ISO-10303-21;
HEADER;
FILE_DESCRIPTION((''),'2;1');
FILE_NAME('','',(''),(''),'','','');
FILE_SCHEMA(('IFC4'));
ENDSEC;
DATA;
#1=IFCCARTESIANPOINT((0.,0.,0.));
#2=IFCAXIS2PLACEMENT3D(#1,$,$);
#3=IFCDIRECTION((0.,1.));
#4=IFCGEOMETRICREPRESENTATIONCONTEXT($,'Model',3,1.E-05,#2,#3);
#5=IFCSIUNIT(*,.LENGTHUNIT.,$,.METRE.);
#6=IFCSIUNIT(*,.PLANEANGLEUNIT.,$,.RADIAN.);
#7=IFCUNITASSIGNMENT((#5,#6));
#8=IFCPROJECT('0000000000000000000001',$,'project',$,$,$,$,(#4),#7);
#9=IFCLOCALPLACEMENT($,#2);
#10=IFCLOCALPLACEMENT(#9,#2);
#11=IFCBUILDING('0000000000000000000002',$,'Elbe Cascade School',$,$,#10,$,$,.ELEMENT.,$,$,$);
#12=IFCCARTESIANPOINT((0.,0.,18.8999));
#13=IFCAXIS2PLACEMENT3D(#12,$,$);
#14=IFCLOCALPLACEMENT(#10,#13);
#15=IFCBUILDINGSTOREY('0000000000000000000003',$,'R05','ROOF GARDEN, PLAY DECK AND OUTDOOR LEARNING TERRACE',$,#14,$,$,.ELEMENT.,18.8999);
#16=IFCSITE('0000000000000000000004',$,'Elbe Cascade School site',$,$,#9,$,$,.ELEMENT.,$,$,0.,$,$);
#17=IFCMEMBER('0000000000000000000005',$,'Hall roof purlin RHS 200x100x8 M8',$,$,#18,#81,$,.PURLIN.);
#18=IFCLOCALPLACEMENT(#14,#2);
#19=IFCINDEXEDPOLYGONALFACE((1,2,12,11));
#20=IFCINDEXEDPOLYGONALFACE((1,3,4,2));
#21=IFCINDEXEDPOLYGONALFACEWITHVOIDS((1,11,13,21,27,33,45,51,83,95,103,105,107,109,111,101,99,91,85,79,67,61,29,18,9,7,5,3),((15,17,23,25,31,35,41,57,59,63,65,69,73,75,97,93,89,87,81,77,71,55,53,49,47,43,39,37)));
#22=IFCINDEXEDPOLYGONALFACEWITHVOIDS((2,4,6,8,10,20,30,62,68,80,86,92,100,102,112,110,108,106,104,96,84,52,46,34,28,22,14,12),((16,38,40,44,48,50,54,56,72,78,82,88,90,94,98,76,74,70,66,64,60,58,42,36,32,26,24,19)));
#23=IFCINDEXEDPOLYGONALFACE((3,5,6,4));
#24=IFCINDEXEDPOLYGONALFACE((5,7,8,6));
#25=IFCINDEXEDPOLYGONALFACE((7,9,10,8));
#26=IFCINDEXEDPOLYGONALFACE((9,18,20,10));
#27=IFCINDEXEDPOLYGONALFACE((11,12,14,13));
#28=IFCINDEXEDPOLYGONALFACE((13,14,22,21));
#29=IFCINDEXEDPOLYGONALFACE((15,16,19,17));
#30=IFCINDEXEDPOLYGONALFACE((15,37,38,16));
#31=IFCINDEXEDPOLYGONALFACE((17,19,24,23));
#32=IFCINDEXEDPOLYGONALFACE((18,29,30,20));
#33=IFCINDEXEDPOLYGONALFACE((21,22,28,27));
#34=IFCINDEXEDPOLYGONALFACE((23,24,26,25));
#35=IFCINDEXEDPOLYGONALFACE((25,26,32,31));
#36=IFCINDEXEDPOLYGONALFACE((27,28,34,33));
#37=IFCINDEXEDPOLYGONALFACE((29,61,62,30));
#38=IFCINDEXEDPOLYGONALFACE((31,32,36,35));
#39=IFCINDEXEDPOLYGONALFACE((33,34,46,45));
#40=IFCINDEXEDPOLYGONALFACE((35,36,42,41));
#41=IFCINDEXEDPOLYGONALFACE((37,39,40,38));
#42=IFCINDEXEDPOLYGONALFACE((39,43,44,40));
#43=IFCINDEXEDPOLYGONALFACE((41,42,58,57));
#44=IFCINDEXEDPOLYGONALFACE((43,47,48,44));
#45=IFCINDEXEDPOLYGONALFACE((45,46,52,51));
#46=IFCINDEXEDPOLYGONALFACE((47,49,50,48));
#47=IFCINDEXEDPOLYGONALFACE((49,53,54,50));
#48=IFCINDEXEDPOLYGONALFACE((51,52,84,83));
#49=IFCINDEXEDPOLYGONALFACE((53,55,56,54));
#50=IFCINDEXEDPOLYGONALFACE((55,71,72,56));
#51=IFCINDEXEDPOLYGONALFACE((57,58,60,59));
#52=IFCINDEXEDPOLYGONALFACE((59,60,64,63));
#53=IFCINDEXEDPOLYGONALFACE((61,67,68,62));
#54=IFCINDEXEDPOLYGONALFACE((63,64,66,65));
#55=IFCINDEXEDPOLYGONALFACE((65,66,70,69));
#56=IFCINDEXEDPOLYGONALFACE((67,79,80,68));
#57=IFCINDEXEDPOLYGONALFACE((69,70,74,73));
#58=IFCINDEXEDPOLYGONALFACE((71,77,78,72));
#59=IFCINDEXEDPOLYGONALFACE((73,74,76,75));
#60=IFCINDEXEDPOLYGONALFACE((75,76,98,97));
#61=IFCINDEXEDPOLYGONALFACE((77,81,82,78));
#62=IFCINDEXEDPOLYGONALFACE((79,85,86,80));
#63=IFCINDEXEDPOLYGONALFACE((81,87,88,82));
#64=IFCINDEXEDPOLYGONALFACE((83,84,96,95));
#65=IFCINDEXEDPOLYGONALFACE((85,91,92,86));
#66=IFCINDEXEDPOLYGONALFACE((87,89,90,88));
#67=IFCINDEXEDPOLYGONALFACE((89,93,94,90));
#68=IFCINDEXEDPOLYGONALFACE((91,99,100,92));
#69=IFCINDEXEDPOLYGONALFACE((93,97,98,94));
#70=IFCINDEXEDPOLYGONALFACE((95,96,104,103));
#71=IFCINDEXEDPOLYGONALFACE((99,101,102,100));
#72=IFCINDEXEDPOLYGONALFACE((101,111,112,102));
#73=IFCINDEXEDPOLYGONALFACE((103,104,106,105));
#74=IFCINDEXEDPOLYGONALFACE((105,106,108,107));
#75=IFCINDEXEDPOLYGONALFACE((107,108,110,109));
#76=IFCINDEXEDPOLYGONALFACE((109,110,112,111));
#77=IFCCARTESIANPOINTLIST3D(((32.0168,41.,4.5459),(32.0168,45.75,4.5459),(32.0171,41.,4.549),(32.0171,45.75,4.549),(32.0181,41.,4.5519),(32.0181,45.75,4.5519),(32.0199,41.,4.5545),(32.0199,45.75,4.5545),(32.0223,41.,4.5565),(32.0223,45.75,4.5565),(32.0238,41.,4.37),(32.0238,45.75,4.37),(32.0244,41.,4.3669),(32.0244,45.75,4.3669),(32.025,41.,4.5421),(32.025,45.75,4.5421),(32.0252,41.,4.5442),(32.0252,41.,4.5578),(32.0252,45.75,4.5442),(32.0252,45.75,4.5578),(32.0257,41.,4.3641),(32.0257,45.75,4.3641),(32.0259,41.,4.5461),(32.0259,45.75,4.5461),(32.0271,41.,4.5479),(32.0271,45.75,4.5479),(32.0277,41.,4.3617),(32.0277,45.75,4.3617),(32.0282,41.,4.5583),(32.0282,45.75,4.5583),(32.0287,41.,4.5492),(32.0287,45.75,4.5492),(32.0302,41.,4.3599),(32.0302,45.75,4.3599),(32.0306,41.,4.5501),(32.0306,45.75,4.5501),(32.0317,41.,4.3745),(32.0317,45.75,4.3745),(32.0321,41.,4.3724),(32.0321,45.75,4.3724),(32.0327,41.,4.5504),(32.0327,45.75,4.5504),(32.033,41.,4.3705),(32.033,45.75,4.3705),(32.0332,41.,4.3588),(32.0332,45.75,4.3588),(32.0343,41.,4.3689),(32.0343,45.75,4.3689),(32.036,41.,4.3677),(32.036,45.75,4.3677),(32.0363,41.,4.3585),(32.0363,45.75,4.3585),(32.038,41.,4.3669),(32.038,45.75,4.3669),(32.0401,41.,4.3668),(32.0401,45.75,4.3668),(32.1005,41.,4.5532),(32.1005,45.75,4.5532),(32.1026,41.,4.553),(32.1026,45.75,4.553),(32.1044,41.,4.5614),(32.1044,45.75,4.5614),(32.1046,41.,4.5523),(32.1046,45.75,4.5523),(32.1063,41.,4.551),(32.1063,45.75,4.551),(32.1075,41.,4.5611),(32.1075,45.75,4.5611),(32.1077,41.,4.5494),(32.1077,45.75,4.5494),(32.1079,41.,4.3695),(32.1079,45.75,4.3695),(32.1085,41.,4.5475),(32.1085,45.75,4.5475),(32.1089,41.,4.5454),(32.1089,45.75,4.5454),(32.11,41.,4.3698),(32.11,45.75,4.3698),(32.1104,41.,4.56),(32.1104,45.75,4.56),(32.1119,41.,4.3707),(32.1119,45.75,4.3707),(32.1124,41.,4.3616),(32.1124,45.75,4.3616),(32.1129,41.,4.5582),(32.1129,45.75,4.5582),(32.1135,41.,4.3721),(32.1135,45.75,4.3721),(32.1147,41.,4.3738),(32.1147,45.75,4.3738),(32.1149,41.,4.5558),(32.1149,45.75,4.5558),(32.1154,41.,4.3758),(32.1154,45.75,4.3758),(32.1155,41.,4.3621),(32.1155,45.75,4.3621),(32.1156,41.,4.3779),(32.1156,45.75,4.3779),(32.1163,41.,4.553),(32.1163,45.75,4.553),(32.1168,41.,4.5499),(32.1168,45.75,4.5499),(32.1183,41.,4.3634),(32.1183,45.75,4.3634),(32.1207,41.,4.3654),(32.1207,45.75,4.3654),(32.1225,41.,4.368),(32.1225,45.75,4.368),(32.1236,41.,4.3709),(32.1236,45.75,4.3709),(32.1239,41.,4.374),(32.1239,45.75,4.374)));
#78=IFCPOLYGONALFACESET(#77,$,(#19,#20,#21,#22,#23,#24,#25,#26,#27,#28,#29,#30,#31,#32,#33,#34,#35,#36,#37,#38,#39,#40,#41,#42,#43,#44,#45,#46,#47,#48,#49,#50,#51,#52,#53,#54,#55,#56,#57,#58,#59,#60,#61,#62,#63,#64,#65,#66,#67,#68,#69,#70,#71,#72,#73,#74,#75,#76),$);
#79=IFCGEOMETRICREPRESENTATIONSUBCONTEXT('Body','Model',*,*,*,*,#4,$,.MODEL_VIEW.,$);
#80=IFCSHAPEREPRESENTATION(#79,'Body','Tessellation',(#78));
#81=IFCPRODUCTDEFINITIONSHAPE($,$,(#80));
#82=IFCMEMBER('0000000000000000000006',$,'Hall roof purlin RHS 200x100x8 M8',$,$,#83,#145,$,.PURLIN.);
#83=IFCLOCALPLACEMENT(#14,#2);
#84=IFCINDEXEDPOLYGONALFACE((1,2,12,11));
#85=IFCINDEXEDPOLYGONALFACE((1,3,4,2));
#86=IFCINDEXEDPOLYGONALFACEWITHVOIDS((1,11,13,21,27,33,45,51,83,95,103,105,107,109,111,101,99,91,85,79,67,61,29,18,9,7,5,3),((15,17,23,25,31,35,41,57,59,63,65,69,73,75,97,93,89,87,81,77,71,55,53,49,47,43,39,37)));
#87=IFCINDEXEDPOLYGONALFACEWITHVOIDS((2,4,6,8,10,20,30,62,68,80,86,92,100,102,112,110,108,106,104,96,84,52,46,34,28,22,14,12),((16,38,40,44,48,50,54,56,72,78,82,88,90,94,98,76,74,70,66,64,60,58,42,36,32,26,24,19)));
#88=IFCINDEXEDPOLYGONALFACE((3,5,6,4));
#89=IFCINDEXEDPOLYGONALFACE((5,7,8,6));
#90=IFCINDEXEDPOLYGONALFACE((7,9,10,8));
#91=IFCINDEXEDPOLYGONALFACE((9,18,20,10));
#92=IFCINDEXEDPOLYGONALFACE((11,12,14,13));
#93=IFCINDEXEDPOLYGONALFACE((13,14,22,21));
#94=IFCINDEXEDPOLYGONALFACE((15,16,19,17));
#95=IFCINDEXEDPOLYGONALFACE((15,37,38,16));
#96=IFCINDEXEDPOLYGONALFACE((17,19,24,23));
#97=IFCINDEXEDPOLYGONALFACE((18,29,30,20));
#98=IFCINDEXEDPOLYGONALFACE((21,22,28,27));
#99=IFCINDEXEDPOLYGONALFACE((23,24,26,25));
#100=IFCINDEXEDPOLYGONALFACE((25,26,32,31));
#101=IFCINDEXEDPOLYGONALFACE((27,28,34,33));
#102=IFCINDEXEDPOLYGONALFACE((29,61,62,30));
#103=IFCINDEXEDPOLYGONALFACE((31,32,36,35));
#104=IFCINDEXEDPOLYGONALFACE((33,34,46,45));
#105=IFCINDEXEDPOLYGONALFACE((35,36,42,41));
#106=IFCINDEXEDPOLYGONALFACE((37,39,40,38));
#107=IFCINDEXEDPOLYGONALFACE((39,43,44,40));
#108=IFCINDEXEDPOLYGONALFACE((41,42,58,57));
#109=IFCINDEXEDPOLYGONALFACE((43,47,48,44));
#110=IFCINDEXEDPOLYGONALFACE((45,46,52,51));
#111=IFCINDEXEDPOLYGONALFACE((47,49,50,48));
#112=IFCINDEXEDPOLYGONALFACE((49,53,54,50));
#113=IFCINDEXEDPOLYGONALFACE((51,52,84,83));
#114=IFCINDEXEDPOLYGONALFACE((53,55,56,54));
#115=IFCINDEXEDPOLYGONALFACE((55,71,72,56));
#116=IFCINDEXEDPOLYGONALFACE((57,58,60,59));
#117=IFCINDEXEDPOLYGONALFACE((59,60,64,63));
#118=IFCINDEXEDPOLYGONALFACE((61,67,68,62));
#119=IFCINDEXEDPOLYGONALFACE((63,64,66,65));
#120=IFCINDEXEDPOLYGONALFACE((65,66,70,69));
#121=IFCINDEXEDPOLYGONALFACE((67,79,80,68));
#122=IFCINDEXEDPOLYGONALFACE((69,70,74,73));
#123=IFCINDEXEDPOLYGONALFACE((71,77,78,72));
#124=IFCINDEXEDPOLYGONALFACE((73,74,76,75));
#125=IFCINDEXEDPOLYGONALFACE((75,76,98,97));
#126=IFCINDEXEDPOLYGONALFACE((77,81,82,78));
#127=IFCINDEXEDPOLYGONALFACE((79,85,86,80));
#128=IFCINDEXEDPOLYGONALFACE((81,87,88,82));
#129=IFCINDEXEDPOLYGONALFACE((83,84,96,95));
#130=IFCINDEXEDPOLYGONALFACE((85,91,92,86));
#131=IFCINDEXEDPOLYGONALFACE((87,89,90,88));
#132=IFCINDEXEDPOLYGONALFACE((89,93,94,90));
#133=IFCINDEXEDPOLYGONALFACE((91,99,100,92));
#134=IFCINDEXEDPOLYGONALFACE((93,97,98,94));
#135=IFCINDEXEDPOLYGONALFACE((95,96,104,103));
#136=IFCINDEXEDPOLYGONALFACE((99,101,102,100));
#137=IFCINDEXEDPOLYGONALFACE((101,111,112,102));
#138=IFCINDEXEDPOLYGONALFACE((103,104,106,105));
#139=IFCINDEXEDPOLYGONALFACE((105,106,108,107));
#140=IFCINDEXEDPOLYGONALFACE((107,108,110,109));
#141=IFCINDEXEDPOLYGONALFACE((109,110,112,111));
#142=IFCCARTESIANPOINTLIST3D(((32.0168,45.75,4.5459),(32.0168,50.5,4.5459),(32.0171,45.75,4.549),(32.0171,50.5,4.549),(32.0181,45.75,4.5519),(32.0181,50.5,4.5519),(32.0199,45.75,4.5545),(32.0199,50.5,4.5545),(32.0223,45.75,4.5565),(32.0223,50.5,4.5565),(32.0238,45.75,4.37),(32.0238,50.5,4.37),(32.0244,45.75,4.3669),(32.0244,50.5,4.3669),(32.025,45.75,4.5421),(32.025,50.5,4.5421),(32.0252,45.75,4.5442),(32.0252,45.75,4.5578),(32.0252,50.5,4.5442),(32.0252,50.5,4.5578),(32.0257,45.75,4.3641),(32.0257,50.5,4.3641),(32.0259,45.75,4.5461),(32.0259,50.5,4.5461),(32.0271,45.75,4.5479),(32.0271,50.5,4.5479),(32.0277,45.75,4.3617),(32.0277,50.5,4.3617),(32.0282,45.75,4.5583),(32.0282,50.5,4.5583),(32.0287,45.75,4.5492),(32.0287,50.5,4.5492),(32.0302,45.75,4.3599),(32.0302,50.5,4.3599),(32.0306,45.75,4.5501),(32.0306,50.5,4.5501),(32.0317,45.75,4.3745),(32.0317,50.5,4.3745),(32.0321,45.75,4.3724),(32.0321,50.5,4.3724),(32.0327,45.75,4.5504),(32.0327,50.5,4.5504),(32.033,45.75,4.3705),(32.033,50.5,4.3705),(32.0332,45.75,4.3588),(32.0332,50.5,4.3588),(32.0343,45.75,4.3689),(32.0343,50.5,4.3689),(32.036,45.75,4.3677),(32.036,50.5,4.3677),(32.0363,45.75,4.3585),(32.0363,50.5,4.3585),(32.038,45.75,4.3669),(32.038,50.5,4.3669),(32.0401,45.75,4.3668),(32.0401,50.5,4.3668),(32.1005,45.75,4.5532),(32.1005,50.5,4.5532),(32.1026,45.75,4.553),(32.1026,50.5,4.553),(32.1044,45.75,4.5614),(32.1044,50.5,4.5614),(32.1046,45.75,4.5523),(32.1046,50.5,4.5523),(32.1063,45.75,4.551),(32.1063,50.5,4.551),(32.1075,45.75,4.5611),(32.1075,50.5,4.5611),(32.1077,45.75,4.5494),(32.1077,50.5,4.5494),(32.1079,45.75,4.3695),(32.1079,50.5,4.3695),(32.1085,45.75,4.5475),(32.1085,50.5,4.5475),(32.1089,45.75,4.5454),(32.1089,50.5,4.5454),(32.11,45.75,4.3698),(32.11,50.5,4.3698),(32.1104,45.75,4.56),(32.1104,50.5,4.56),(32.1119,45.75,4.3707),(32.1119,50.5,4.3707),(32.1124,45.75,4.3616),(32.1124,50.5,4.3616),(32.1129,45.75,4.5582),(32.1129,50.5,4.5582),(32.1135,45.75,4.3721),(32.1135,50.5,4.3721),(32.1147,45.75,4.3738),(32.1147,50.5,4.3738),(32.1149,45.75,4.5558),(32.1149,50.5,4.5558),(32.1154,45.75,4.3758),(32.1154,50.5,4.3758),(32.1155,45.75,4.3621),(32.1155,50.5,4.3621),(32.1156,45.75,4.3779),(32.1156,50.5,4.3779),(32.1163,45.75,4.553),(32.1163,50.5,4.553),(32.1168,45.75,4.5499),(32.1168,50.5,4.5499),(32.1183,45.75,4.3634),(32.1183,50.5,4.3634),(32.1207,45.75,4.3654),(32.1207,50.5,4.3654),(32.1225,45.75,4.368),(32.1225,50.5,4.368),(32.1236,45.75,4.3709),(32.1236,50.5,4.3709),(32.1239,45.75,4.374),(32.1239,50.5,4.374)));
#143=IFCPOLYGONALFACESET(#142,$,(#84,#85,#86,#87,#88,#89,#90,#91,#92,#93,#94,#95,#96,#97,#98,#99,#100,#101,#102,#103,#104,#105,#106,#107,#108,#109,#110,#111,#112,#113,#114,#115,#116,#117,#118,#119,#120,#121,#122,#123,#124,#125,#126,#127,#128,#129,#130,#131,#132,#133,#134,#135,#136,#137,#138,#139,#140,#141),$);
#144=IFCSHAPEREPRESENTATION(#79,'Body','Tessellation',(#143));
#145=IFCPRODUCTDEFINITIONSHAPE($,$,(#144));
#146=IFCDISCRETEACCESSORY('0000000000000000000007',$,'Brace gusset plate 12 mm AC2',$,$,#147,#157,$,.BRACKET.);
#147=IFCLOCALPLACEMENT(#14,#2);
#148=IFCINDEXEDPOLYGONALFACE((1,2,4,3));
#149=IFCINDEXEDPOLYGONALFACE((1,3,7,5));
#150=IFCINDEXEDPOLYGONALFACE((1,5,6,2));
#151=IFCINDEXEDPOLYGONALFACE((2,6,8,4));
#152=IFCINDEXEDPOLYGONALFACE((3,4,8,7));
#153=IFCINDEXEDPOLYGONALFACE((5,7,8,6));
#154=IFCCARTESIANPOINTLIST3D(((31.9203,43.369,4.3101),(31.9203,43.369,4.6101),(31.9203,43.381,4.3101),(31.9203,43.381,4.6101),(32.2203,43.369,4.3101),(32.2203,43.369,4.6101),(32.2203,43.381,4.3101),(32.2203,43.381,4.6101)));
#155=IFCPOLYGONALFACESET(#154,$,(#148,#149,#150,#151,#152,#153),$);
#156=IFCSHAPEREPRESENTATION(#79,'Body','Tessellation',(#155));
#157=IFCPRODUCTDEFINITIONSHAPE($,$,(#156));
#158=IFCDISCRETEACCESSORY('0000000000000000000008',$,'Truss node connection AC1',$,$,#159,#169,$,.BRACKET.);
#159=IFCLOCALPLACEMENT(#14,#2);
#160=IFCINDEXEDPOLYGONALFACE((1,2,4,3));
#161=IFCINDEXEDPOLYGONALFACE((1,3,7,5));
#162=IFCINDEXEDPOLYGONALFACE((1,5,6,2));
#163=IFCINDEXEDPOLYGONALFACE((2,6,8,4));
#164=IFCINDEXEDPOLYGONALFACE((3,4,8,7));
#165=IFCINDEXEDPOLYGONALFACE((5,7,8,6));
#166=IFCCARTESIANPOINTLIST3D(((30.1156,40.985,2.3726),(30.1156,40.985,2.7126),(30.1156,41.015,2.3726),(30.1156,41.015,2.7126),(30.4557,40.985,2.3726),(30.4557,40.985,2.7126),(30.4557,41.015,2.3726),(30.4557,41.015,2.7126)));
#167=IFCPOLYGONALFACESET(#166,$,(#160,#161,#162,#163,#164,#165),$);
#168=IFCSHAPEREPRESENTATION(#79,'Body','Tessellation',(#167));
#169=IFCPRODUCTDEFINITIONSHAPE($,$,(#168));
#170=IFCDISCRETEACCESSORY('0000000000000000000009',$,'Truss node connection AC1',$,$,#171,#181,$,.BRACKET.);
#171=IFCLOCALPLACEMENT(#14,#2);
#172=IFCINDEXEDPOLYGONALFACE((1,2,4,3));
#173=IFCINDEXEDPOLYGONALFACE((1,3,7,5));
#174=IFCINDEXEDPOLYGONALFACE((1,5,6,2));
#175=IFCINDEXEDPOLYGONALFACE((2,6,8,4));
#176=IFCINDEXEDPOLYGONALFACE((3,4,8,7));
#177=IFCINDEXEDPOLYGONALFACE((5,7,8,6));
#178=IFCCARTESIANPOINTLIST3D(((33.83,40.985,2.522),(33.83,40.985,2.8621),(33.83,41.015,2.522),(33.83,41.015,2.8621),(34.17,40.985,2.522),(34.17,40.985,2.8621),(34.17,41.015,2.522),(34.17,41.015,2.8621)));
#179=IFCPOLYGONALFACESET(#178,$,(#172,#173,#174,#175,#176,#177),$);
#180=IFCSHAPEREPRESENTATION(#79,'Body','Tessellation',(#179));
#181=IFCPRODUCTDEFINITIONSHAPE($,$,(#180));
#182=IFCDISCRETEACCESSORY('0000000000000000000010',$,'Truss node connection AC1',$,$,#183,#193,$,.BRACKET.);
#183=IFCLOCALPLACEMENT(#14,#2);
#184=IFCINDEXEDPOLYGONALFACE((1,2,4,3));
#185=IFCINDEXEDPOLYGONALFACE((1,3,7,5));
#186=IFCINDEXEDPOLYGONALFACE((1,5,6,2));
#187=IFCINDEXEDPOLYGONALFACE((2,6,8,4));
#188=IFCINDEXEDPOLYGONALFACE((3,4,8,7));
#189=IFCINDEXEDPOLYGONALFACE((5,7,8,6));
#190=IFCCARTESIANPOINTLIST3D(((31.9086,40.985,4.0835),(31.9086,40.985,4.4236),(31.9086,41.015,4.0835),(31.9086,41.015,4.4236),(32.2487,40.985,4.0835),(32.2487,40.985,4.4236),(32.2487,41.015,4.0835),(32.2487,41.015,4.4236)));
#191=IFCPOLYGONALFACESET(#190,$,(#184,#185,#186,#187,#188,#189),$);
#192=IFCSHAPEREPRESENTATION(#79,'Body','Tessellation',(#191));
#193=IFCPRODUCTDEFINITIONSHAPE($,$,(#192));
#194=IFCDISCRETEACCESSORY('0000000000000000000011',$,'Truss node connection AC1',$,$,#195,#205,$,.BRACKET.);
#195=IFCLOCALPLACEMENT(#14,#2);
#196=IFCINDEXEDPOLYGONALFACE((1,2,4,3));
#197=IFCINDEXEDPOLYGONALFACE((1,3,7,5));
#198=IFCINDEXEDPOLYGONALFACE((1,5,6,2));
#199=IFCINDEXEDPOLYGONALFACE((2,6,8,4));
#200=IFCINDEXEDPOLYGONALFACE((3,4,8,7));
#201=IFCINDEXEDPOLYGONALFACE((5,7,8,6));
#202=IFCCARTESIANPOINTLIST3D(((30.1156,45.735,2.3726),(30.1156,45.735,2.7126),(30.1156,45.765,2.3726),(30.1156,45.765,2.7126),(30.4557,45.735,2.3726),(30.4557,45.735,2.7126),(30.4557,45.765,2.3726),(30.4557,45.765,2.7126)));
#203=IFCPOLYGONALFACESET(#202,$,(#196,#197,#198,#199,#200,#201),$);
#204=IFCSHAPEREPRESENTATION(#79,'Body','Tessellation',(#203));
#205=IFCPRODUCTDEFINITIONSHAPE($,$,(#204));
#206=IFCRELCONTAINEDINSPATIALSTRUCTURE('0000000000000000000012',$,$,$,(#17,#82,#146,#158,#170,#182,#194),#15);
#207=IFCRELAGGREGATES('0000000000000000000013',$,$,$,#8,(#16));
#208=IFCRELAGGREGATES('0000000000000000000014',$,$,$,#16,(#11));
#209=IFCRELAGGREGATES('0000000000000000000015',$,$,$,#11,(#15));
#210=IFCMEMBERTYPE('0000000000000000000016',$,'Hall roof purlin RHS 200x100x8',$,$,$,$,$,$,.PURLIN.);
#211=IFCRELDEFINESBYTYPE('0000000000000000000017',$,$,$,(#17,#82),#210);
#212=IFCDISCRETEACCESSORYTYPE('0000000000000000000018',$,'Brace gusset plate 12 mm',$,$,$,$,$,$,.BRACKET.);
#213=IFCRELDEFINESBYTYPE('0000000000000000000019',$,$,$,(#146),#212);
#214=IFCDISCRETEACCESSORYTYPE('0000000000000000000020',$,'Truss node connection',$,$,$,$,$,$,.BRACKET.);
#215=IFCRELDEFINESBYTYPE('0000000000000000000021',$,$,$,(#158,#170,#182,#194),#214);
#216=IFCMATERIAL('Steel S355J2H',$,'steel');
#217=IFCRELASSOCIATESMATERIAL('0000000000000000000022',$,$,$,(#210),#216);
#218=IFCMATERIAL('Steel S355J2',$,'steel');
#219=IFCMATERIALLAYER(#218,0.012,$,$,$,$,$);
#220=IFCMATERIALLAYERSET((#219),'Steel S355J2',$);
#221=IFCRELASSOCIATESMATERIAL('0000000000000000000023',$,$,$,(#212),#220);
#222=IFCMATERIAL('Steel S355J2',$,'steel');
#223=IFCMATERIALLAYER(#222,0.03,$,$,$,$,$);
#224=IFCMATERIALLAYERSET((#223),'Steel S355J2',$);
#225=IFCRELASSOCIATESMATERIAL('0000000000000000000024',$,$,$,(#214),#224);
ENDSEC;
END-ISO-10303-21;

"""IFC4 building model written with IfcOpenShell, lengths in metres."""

from ifc_helpers import new_model, si_unit, direction, frame, origin, origin_2d, place, context, subcontext, project, spatial, rectangle, hollow_rectangle, extrude, material, layer, layer_set, material_profile, profile_set, type_object, element, save


model = new_model("IFC4")

# Units and contexts
model_context = context("Model", 3, precision=1e-05, world=origin(), true_north=direction((0.0, 1.0)))
body_context = subcontext(model_context, "Body", "Model", "MODEL_VIEW")
ifc_project = project(units=[si_unit("LENGTHUNIT", "METRE"), si_unit("PLANEANGLEUNIT", "RADIAN")], contexts=[model_context])

# Site, building, storey
site_placement = place(None, origin())
site = spatial("IfcSite", under=ifc_project, at=site_placement, Name="Elbe Cascade School site", CompositionType="ELEMENT", RefElevation=0.0)
building_placement = place(site_placement, origin())
building = spatial("IfcBuilding", under=site, at=building_placement, Name="Elbe Cascade School", CompositionType="ELEMENT")
storey_placement = place(building_placement, frame((0.0, 0.0, 18.8999)))
storey = spatial("IfcBuildingStorey", under=building, at=storey_placement, Name="R05", Description="ROOF GARDEN, PLAY DECK AND OUTDOOR LEARNING TERRACE", CompositionType="ELEMENT", Elevation=18.8999)

# Members
ifc_material_1 = material(Name="Steel S355J2H", Category="steel")
ifc_material_profile_1 = material_profile(ifc_material_1, hollow_rectangle(XDim=0.1001, YDim=0.2, WallThickness=0.0081, InnerFilletRadius=0.0081, OuterFilletRadius=0.012, at=origin_2d()), Name="RHS 200x100x8")
ifc_profile_set_1 = profile_set([ifc_material_profile_1], Name="Steel S355J2H")
member_type_1 = type_object("IfcMemberType", Name="Hall roof purlin RHS 200x100x8", PredefinedType="PURLIN", material=ifc_profile_set_1)
for number, where, z_axis, x_axis, name in (
    (1, (32.0703, 41.0, 4.46), (0.0, 1.0, 0.0), (-0.999193, 0.0, -0.040154), "Hall roof purlin RHS 200x100x8 M8"),
    (2, (32.0703, 45.75, 4.46), (0.0, 1.0, 0.0), (-0.999193, 0.0, -0.040154), "Hall roof purlin RHS 200x100x8 M8"),
):
    element("IfcMember", number, at=place(storey_placement, frame(where, z_axis=z_axis, x_axis=x_axis)), inside=storey, type_object=member_type_1, Name=name, PredefinedType="PURLIN", context=body_context, shape_type="SweptSolid", body=[
        extrude(hollow_rectangle(XDim=0.1001, YDim=0.2, WallThickness=0.0081, InnerFilletRadius=0.0081, OuterFilletRadius=0.012, at=origin_2d()), origin(), (0.0, 0.0, 1.0), 4.75),
    ])

# Discrete accessories
ifc_material_2 = material(Name="Steel S355J2", Category="steel")
ifc_layer_1 = layer(ifc_material_2, 0.012)
ifc_layer_set_1 = layer_set([ifc_layer_1], Name="Steel S355J2")
discrete_accessory_type_1 = type_object("IfcDiscreteAccessoryType", Name="Brace gusset plate 12 mm", PredefinedType="BRACKET", material=ifc_layer_set_1)
discrete_accessory_placement = place(storey_placement, frame((32.0703, 43.375, 4.3101), z_axis=(0.0, 0.0, 1.0), x_axis=(1.0, 0.0, 0.0)))
element("IfcDiscreteAccessory", 3, at=discrete_accessory_placement, inside=storey, type_object=discrete_accessory_type_1, Name="Brace gusset plate 12 mm AC2", PredefinedType="BRACKET", context=body_context, shape_type="SweptSolid", body=[
    extrude(rectangle(XDim=0.3, YDim=0.012, at=origin_2d()), origin(), (0.0, 0.0, 1.0), 0.3),
])
ifc_material_3 = material(Name="Steel S355J2", Category="steel")
ifc_layer_2 = layer(ifc_material_3, 0.03)
ifc_layer_set_2 = layer_set([ifc_layer_2], Name="Steel S355J2")
discrete_accessory_type_2 = type_object("IfcDiscreteAccessoryType", Name="Truss node connection", PredefinedType="BRACKET", material=ifc_layer_set_2)
for number, where, z_axis, x_axis, name in (
    (4, (30.2856, 41.0, 2.3726), (0.0, 0.0, 1.0), (1.0, 0.0, 0.0), "Truss node connection AC1"),
    (5, (34.0, 41.0, 2.522), (0.0, 0.0, 1.0), (1.0, 0.0, 0.0), "Truss node connection AC1"),
    (6, (32.0786, 41.0, 4.0835), (0.0, 0.0, 1.0), (1.0, 0.0, 0.0), "Truss node connection AC1"),
    (7, (30.2856, 45.75, 2.3726), (0.0, 0.0, 1.0), (1.0, 0.0, 0.0), "Truss node connection AC1"),
):
    element("IfcDiscreteAccessory", number, at=place(storey_placement, frame(where, z_axis=z_axis, x_axis=x_axis)), inside=storey, type_object=discrete_accessory_type_2, Name=name, PredefinedType="BRACKET", context=body_context, shape_type="SweptSolid", body=[
        extrude(rectangle(XDim=0.3401, YDim=0.03, at=origin_2d()), origin(), (0.0, 0.0, 1.0), 0.3401),
    ])

save(model, "model.ifc")
